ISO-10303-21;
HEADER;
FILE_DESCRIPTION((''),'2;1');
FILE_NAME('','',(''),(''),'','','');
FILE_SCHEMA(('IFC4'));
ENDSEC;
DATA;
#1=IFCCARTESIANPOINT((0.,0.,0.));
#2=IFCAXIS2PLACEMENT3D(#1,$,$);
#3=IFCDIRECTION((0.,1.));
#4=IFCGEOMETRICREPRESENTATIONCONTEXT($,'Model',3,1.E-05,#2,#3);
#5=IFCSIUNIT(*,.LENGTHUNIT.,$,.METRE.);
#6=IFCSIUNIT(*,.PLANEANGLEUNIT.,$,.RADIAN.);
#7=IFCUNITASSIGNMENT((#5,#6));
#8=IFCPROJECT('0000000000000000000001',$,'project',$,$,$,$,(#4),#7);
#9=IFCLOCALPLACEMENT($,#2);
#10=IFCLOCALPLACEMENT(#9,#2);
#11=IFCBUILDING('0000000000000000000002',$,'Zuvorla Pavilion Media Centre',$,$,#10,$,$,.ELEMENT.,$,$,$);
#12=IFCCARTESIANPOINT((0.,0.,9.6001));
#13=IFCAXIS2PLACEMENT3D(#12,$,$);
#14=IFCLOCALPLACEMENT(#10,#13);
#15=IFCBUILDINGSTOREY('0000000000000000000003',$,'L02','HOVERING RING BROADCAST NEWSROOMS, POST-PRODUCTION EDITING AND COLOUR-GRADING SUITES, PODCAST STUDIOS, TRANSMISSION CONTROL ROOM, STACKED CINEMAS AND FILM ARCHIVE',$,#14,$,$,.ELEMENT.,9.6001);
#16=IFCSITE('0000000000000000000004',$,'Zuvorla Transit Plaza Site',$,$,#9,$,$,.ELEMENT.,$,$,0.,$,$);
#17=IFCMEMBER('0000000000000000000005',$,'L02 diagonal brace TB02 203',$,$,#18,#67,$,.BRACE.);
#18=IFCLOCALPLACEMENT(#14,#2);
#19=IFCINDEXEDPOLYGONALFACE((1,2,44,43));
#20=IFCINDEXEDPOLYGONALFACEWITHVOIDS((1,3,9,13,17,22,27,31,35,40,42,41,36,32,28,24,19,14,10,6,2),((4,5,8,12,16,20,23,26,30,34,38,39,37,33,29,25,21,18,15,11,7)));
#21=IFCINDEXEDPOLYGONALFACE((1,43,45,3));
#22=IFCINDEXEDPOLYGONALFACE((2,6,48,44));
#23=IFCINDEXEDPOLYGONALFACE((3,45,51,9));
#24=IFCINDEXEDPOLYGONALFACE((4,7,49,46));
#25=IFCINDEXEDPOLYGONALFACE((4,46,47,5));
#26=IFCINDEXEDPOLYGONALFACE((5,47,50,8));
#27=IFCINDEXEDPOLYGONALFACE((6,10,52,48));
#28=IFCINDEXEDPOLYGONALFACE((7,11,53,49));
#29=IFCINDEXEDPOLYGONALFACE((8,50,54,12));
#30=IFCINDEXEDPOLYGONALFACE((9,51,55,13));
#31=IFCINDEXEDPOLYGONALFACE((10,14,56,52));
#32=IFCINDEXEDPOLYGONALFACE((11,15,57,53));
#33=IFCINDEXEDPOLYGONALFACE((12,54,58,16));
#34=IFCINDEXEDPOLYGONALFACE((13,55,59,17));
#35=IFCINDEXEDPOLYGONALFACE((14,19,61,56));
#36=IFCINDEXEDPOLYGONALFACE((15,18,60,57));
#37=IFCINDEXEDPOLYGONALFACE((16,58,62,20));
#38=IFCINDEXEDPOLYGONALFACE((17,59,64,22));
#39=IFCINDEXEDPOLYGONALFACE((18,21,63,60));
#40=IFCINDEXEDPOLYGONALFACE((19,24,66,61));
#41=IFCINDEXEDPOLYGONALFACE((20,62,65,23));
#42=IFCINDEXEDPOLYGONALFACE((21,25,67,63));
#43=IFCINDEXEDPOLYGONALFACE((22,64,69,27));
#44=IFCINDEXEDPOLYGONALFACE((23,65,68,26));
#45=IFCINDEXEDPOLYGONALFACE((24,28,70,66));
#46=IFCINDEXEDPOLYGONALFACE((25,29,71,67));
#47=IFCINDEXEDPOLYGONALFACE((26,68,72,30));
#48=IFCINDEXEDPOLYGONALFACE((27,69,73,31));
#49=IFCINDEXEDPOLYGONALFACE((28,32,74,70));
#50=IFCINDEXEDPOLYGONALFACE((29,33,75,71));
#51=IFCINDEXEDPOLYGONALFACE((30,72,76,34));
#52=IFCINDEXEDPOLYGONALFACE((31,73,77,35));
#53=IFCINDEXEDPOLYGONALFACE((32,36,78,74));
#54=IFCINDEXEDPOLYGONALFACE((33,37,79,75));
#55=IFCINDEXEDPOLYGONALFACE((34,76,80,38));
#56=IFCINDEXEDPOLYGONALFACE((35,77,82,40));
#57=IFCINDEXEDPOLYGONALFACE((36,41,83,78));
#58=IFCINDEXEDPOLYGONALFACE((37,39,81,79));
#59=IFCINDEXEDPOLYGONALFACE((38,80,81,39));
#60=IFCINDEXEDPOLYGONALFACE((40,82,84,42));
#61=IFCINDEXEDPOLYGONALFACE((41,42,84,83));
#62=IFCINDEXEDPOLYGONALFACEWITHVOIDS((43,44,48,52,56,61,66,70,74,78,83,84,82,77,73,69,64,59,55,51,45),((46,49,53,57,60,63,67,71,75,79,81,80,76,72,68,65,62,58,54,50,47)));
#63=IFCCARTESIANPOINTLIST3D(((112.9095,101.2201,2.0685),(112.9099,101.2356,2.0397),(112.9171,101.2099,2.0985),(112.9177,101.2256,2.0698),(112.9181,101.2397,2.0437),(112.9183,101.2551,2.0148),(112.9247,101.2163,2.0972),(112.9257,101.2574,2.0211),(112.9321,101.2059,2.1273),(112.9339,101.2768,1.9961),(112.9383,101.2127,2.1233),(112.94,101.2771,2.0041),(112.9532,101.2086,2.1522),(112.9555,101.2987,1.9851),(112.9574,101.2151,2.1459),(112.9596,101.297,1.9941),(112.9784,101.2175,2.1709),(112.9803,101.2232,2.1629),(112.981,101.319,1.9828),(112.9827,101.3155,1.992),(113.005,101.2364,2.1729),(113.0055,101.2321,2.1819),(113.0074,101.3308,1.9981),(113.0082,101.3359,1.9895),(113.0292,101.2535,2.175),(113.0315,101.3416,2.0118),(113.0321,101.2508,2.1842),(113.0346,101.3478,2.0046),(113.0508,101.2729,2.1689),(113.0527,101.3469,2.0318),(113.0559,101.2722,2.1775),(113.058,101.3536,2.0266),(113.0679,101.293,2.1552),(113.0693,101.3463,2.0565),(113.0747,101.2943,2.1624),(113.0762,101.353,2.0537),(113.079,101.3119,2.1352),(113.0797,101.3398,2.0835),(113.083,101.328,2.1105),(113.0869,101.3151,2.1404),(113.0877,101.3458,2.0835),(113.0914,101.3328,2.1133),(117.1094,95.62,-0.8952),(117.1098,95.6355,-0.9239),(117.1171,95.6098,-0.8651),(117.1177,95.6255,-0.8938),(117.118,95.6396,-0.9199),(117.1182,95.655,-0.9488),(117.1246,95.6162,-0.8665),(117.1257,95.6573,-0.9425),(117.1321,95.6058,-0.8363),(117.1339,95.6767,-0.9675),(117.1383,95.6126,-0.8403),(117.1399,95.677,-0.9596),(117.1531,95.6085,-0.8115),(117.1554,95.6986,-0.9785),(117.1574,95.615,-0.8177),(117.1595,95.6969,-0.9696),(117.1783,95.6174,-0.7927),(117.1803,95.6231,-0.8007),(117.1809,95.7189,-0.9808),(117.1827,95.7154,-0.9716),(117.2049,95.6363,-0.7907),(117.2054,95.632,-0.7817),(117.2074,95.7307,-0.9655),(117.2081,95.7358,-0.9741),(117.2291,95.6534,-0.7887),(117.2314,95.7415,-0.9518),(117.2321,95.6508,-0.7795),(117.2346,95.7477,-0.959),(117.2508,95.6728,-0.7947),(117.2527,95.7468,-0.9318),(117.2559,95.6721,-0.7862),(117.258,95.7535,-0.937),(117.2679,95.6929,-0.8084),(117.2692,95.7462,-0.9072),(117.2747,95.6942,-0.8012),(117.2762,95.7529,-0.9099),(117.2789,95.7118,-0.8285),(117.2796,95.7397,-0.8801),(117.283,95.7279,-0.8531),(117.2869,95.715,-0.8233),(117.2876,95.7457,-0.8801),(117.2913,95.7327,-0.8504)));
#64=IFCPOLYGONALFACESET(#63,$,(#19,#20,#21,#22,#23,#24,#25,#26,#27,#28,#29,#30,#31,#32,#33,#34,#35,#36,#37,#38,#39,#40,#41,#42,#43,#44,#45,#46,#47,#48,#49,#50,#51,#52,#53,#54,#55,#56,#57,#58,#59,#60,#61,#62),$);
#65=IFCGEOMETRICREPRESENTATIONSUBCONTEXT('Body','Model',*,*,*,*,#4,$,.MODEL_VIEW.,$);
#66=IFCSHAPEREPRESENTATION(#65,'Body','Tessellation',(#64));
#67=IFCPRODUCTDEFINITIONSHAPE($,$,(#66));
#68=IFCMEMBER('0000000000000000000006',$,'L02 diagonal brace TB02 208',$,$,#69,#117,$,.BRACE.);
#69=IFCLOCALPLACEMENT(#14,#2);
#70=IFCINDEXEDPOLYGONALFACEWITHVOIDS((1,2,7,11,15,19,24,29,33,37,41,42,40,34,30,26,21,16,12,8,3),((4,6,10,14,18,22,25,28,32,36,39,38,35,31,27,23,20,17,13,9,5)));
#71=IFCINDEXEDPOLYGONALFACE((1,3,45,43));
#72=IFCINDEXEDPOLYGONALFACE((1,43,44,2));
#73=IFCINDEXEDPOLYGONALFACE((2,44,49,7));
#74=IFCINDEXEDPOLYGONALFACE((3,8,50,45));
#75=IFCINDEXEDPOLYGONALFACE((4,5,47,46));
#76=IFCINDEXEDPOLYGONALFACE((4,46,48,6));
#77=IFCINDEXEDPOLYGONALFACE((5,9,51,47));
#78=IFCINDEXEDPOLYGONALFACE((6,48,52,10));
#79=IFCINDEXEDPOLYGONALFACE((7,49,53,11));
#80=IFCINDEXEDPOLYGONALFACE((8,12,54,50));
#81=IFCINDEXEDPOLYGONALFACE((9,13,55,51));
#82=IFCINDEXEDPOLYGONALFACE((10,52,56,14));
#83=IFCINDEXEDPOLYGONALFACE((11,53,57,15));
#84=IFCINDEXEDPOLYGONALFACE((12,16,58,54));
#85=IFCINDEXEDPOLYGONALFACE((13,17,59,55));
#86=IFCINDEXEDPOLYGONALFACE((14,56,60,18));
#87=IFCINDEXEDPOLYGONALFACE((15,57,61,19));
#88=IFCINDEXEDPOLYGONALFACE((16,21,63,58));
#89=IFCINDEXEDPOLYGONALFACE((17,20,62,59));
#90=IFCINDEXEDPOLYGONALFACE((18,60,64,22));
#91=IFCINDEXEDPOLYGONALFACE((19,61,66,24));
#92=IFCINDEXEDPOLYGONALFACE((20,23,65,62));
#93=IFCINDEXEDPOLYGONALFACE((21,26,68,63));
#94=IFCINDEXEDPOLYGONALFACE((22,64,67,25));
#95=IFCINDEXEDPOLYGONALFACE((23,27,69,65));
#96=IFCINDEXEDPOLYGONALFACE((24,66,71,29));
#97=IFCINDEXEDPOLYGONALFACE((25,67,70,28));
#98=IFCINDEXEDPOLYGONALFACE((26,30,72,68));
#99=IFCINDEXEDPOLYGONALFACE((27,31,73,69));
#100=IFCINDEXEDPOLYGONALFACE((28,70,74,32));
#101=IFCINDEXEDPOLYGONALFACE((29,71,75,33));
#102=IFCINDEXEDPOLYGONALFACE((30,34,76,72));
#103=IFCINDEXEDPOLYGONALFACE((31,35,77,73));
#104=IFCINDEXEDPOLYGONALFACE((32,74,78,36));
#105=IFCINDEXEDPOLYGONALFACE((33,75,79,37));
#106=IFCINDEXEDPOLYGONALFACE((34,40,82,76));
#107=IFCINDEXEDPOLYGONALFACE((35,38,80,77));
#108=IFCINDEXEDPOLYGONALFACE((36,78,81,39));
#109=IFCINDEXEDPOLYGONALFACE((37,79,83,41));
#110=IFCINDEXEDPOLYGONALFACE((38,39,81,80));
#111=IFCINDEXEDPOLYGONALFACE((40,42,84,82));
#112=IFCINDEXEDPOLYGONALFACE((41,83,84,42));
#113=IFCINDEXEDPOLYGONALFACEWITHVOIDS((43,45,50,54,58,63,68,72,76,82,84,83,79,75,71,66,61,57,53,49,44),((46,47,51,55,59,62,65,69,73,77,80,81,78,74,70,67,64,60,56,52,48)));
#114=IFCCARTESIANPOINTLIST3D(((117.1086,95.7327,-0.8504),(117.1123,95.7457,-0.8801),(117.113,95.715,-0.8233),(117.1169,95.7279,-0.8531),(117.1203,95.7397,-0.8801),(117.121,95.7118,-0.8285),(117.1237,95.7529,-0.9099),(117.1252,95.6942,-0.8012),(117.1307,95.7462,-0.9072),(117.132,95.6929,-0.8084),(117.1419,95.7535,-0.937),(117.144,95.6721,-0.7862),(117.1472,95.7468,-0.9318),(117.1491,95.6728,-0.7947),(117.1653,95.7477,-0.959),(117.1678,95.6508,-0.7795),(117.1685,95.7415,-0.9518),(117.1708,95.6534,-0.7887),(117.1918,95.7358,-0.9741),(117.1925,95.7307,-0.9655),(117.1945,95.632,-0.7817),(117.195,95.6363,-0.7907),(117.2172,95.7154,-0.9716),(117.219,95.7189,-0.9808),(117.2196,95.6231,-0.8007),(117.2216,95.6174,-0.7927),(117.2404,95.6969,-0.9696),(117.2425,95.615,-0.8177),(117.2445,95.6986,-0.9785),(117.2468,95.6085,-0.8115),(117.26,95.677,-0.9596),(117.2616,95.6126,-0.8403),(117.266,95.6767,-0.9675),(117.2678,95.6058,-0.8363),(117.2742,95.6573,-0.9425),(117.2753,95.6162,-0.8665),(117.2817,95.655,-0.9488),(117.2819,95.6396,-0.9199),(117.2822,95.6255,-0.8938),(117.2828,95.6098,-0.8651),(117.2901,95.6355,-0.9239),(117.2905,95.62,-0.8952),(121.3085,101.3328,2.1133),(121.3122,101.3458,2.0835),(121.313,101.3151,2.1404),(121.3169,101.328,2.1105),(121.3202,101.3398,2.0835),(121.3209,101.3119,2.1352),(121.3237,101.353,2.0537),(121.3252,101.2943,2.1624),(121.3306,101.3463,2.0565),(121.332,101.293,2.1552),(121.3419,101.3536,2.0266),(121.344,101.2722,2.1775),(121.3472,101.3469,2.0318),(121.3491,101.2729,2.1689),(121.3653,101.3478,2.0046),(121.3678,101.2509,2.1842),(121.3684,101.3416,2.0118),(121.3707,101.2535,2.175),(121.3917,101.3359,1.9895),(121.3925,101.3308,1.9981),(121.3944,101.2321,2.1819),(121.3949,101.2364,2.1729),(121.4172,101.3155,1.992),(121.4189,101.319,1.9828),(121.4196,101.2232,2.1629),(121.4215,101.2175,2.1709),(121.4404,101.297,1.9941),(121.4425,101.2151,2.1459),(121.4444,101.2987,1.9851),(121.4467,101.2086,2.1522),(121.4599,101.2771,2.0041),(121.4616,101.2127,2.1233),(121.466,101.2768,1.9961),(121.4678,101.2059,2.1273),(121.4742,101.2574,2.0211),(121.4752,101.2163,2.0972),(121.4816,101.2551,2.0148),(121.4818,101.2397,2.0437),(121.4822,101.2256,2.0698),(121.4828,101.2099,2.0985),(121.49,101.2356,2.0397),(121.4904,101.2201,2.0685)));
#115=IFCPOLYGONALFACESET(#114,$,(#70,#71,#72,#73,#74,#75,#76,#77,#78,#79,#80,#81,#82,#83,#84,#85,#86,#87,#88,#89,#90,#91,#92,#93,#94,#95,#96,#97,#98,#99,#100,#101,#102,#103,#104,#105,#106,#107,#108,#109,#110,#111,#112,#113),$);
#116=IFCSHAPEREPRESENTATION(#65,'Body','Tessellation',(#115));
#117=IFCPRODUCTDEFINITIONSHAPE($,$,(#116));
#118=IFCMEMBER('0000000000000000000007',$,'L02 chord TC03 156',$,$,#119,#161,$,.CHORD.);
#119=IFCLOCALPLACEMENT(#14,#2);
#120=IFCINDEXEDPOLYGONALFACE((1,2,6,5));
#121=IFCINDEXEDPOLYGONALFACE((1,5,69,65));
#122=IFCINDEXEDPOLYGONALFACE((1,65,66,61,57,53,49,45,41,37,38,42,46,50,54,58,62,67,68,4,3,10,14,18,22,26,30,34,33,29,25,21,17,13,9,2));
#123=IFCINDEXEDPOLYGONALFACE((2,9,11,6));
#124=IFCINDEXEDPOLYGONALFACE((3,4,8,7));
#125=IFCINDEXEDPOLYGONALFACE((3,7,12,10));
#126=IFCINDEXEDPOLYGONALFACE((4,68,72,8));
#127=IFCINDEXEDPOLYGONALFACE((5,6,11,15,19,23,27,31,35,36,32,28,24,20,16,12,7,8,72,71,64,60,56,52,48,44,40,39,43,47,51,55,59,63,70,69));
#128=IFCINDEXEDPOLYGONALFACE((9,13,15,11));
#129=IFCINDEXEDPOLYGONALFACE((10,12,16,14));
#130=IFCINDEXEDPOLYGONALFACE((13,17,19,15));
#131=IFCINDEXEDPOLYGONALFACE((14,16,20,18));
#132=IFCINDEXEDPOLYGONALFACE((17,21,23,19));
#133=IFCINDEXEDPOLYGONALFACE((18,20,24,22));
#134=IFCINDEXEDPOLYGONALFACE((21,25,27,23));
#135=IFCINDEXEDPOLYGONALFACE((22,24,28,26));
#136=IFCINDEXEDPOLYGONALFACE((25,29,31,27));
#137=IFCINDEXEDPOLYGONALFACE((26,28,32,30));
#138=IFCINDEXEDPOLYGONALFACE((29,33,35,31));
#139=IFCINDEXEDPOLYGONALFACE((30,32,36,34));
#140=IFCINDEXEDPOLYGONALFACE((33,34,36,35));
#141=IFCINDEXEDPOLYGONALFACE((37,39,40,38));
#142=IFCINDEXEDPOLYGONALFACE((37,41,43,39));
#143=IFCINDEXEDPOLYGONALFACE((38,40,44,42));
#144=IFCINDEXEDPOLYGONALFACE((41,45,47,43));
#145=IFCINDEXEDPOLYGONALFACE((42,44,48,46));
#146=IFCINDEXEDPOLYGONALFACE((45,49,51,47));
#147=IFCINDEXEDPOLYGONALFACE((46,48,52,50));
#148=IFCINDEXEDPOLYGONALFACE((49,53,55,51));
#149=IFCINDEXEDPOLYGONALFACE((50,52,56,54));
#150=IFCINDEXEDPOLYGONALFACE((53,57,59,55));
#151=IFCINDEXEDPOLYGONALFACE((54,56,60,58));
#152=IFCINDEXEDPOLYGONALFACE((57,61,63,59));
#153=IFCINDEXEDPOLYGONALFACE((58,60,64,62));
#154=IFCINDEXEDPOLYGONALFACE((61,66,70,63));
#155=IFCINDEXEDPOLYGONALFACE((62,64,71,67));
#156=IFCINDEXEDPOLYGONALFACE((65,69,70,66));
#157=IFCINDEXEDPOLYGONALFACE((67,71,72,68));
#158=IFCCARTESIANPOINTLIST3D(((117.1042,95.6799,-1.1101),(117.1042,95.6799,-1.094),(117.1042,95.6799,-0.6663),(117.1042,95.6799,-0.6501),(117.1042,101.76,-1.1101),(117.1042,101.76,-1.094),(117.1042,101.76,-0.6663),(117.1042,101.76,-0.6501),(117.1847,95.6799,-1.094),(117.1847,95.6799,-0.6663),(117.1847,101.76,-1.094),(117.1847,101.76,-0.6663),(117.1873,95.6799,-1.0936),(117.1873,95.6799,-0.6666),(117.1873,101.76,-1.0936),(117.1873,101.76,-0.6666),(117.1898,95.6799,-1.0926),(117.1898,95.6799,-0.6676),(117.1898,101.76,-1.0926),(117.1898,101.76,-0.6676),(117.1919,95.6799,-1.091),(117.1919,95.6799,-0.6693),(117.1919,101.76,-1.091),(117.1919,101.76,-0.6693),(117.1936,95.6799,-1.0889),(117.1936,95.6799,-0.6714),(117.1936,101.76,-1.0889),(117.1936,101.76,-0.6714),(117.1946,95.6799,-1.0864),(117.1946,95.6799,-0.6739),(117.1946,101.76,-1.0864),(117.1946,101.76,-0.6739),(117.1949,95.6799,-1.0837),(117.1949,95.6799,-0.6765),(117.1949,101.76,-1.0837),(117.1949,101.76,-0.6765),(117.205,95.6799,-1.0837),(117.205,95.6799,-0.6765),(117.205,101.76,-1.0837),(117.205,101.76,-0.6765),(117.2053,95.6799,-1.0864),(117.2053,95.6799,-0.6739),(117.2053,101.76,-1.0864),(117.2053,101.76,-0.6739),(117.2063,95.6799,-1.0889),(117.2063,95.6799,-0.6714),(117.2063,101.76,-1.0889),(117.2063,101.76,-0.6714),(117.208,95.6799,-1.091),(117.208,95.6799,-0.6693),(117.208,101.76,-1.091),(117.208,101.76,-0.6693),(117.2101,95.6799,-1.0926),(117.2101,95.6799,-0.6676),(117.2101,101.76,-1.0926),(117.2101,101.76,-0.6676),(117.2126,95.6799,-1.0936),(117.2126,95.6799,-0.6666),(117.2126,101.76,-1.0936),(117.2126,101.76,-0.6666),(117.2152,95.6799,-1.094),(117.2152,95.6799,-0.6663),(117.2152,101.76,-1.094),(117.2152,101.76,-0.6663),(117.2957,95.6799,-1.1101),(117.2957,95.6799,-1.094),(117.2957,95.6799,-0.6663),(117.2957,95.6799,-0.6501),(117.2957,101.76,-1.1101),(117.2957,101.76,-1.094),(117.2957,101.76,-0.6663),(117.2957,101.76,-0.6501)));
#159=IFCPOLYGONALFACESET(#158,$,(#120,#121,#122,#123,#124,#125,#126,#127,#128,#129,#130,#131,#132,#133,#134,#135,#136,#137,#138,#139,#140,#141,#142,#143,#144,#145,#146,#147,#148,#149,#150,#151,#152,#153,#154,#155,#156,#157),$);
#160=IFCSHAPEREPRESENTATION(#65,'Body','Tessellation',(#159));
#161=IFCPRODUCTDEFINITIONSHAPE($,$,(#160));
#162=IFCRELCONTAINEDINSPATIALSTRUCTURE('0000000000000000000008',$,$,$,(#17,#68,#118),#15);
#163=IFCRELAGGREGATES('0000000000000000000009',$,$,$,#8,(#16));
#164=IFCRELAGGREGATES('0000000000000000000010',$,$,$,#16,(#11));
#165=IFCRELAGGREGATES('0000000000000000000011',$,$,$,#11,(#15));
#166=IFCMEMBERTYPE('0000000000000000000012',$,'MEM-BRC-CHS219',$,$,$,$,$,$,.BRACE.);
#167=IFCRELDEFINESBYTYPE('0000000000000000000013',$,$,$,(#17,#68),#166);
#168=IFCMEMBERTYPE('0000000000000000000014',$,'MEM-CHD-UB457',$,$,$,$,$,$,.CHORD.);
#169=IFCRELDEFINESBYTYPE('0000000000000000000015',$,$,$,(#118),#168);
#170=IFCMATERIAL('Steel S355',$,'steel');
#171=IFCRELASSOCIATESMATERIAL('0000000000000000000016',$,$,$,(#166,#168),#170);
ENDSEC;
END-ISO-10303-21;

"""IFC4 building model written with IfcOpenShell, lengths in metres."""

from ifc_helpers import new_model, si_unit, direction, frame, origin, origin_2d, place, context, subcontext, project, spatial, hollow_circle, i_section, extrude, material, material_profile, profile_set, type_object, element, save


model = new_model("IFC4")

# Units and contexts
model_context = context("Model", 3, precision=1e-05, world=origin(), true_north=direction((0.0, 1.0)))
body_context = subcontext(model_context, "Body", "Model", "MODEL_VIEW")
ifc_project = project(units=[si_unit("LENGTHUNIT", "METRE"), si_unit("PLANEANGLEUNIT", "RADIAN")], contexts=[model_context])

# Site, building, storey
site_placement = place(None, origin())
site = spatial("IfcSite", under=ifc_project, at=site_placement, Name="Zuvorla Transit Plaza Site", CompositionType="ELEMENT", RefElevation=0.0)
building_placement = place(site_placement, origin())
building = spatial("IfcBuilding", under=site, at=building_placement, Name="Zuvorla Pavilion Media Centre", CompositionType="ELEMENT")
storey_placement = place(building_placement, frame((0.0, 0.0, 9.6001)))
storey = spatial("IfcBuildingStorey", under=building, at=storey_placement, Name="L02", Description="HOVERING RING BROADCAST NEWSROOMS, POST-PRODUCTION EDITING AND COLOUR-GRADING SUITES, PODCAST STUDIOS, TRANSMISSION CONTROL ROOM, STACKED CINEMAS AND FILM ARCHIVE", CompositionType="ELEMENT", Elevation=9.6001)

# Members
ifc_material_1 = material(Name="Steel S355", Category="steel")
ifc_material_profile_1 = material_profile(ifc_material_1, hollow_circle(Radius=0.1096, WallThickness=0.01, at=origin_2d()), Name="CHS 219.1x10")
ifc_profile_set_1 = profile_set([ifc_material_profile_1], Name="Steel S355")
member_type_1 = type_object("IfcMemberType", Name="MEM-BRC-CHS219", PredefinedType="BRACE", material=ifc_profile_set_1)
for number, where, z_axis, x_axis, name in (
    (1, (113.0, 101.28, 2.0835), (0.552512, -0.736704, -0.38987), (0.800008, 0.599989, 0.0), "L02 diagonal brace TB02 203"),
    (2, (117.2, 95.6799, -0.8801), (0.552512, 0.736704, 0.38987), (-0.800008, 0.599989, 0.0), "L02 diagonal brace TB02 208"),
):
    element("IfcMember", number, at=place(storey_placement, frame(where, z_axis=z_axis, x_axis=x_axis)), inside=storey, type_object=member_type_1, Name=name, PredefinedType="BRACE", context=body_context, shape_type="SweptSolid", body=[
        extrude(hollow_circle(Radius=0.1096, WallThickness=0.01, at=origin_2d()), origin(), (0.0, 0.0, 1.0), 7.6016),
    ])
ifc_material_profile_2 = material_profile(ifc_material_1, i_section(OverallWidth=0.1914, OverallDepth=0.46, WebThickness=0.01, FlangeThickness=0.0161, FilletRadius=0.0103, at=origin_2d()), Name="UB 457x191x82")
ifc_profile_set_2 = profile_set([ifc_material_profile_2], Name="Steel S355")
member_type_2 = type_object("IfcMemberType", Name="MEM-CHD-UB457", PredefinedType="CHORD", material=ifc_profile_set_2)
member_1_placement = place(storey_placement, frame((117.2, 95.6799, -0.8801), z_axis=(0.0, 1.0, 0.0), x_axis=(-1.0, 0.0, 0.0)))
element("IfcMember", 3, at=member_1_placement, inside=storey, type_object=member_type_2, Name="L02 chord TC03 156", PredefinedType="CHORD", context=body_context, shape_type="SweptSolid", body=[
    extrude(i_section(OverallWidth=0.1914, OverallDepth=0.46, WebThickness=0.01, FlangeThickness=0.0161, FilletRadius=0.0103, at=origin_2d()), origin(), (0.0, 0.0, 1.0), 6.0801),
])

save(model, "model.ifc")
